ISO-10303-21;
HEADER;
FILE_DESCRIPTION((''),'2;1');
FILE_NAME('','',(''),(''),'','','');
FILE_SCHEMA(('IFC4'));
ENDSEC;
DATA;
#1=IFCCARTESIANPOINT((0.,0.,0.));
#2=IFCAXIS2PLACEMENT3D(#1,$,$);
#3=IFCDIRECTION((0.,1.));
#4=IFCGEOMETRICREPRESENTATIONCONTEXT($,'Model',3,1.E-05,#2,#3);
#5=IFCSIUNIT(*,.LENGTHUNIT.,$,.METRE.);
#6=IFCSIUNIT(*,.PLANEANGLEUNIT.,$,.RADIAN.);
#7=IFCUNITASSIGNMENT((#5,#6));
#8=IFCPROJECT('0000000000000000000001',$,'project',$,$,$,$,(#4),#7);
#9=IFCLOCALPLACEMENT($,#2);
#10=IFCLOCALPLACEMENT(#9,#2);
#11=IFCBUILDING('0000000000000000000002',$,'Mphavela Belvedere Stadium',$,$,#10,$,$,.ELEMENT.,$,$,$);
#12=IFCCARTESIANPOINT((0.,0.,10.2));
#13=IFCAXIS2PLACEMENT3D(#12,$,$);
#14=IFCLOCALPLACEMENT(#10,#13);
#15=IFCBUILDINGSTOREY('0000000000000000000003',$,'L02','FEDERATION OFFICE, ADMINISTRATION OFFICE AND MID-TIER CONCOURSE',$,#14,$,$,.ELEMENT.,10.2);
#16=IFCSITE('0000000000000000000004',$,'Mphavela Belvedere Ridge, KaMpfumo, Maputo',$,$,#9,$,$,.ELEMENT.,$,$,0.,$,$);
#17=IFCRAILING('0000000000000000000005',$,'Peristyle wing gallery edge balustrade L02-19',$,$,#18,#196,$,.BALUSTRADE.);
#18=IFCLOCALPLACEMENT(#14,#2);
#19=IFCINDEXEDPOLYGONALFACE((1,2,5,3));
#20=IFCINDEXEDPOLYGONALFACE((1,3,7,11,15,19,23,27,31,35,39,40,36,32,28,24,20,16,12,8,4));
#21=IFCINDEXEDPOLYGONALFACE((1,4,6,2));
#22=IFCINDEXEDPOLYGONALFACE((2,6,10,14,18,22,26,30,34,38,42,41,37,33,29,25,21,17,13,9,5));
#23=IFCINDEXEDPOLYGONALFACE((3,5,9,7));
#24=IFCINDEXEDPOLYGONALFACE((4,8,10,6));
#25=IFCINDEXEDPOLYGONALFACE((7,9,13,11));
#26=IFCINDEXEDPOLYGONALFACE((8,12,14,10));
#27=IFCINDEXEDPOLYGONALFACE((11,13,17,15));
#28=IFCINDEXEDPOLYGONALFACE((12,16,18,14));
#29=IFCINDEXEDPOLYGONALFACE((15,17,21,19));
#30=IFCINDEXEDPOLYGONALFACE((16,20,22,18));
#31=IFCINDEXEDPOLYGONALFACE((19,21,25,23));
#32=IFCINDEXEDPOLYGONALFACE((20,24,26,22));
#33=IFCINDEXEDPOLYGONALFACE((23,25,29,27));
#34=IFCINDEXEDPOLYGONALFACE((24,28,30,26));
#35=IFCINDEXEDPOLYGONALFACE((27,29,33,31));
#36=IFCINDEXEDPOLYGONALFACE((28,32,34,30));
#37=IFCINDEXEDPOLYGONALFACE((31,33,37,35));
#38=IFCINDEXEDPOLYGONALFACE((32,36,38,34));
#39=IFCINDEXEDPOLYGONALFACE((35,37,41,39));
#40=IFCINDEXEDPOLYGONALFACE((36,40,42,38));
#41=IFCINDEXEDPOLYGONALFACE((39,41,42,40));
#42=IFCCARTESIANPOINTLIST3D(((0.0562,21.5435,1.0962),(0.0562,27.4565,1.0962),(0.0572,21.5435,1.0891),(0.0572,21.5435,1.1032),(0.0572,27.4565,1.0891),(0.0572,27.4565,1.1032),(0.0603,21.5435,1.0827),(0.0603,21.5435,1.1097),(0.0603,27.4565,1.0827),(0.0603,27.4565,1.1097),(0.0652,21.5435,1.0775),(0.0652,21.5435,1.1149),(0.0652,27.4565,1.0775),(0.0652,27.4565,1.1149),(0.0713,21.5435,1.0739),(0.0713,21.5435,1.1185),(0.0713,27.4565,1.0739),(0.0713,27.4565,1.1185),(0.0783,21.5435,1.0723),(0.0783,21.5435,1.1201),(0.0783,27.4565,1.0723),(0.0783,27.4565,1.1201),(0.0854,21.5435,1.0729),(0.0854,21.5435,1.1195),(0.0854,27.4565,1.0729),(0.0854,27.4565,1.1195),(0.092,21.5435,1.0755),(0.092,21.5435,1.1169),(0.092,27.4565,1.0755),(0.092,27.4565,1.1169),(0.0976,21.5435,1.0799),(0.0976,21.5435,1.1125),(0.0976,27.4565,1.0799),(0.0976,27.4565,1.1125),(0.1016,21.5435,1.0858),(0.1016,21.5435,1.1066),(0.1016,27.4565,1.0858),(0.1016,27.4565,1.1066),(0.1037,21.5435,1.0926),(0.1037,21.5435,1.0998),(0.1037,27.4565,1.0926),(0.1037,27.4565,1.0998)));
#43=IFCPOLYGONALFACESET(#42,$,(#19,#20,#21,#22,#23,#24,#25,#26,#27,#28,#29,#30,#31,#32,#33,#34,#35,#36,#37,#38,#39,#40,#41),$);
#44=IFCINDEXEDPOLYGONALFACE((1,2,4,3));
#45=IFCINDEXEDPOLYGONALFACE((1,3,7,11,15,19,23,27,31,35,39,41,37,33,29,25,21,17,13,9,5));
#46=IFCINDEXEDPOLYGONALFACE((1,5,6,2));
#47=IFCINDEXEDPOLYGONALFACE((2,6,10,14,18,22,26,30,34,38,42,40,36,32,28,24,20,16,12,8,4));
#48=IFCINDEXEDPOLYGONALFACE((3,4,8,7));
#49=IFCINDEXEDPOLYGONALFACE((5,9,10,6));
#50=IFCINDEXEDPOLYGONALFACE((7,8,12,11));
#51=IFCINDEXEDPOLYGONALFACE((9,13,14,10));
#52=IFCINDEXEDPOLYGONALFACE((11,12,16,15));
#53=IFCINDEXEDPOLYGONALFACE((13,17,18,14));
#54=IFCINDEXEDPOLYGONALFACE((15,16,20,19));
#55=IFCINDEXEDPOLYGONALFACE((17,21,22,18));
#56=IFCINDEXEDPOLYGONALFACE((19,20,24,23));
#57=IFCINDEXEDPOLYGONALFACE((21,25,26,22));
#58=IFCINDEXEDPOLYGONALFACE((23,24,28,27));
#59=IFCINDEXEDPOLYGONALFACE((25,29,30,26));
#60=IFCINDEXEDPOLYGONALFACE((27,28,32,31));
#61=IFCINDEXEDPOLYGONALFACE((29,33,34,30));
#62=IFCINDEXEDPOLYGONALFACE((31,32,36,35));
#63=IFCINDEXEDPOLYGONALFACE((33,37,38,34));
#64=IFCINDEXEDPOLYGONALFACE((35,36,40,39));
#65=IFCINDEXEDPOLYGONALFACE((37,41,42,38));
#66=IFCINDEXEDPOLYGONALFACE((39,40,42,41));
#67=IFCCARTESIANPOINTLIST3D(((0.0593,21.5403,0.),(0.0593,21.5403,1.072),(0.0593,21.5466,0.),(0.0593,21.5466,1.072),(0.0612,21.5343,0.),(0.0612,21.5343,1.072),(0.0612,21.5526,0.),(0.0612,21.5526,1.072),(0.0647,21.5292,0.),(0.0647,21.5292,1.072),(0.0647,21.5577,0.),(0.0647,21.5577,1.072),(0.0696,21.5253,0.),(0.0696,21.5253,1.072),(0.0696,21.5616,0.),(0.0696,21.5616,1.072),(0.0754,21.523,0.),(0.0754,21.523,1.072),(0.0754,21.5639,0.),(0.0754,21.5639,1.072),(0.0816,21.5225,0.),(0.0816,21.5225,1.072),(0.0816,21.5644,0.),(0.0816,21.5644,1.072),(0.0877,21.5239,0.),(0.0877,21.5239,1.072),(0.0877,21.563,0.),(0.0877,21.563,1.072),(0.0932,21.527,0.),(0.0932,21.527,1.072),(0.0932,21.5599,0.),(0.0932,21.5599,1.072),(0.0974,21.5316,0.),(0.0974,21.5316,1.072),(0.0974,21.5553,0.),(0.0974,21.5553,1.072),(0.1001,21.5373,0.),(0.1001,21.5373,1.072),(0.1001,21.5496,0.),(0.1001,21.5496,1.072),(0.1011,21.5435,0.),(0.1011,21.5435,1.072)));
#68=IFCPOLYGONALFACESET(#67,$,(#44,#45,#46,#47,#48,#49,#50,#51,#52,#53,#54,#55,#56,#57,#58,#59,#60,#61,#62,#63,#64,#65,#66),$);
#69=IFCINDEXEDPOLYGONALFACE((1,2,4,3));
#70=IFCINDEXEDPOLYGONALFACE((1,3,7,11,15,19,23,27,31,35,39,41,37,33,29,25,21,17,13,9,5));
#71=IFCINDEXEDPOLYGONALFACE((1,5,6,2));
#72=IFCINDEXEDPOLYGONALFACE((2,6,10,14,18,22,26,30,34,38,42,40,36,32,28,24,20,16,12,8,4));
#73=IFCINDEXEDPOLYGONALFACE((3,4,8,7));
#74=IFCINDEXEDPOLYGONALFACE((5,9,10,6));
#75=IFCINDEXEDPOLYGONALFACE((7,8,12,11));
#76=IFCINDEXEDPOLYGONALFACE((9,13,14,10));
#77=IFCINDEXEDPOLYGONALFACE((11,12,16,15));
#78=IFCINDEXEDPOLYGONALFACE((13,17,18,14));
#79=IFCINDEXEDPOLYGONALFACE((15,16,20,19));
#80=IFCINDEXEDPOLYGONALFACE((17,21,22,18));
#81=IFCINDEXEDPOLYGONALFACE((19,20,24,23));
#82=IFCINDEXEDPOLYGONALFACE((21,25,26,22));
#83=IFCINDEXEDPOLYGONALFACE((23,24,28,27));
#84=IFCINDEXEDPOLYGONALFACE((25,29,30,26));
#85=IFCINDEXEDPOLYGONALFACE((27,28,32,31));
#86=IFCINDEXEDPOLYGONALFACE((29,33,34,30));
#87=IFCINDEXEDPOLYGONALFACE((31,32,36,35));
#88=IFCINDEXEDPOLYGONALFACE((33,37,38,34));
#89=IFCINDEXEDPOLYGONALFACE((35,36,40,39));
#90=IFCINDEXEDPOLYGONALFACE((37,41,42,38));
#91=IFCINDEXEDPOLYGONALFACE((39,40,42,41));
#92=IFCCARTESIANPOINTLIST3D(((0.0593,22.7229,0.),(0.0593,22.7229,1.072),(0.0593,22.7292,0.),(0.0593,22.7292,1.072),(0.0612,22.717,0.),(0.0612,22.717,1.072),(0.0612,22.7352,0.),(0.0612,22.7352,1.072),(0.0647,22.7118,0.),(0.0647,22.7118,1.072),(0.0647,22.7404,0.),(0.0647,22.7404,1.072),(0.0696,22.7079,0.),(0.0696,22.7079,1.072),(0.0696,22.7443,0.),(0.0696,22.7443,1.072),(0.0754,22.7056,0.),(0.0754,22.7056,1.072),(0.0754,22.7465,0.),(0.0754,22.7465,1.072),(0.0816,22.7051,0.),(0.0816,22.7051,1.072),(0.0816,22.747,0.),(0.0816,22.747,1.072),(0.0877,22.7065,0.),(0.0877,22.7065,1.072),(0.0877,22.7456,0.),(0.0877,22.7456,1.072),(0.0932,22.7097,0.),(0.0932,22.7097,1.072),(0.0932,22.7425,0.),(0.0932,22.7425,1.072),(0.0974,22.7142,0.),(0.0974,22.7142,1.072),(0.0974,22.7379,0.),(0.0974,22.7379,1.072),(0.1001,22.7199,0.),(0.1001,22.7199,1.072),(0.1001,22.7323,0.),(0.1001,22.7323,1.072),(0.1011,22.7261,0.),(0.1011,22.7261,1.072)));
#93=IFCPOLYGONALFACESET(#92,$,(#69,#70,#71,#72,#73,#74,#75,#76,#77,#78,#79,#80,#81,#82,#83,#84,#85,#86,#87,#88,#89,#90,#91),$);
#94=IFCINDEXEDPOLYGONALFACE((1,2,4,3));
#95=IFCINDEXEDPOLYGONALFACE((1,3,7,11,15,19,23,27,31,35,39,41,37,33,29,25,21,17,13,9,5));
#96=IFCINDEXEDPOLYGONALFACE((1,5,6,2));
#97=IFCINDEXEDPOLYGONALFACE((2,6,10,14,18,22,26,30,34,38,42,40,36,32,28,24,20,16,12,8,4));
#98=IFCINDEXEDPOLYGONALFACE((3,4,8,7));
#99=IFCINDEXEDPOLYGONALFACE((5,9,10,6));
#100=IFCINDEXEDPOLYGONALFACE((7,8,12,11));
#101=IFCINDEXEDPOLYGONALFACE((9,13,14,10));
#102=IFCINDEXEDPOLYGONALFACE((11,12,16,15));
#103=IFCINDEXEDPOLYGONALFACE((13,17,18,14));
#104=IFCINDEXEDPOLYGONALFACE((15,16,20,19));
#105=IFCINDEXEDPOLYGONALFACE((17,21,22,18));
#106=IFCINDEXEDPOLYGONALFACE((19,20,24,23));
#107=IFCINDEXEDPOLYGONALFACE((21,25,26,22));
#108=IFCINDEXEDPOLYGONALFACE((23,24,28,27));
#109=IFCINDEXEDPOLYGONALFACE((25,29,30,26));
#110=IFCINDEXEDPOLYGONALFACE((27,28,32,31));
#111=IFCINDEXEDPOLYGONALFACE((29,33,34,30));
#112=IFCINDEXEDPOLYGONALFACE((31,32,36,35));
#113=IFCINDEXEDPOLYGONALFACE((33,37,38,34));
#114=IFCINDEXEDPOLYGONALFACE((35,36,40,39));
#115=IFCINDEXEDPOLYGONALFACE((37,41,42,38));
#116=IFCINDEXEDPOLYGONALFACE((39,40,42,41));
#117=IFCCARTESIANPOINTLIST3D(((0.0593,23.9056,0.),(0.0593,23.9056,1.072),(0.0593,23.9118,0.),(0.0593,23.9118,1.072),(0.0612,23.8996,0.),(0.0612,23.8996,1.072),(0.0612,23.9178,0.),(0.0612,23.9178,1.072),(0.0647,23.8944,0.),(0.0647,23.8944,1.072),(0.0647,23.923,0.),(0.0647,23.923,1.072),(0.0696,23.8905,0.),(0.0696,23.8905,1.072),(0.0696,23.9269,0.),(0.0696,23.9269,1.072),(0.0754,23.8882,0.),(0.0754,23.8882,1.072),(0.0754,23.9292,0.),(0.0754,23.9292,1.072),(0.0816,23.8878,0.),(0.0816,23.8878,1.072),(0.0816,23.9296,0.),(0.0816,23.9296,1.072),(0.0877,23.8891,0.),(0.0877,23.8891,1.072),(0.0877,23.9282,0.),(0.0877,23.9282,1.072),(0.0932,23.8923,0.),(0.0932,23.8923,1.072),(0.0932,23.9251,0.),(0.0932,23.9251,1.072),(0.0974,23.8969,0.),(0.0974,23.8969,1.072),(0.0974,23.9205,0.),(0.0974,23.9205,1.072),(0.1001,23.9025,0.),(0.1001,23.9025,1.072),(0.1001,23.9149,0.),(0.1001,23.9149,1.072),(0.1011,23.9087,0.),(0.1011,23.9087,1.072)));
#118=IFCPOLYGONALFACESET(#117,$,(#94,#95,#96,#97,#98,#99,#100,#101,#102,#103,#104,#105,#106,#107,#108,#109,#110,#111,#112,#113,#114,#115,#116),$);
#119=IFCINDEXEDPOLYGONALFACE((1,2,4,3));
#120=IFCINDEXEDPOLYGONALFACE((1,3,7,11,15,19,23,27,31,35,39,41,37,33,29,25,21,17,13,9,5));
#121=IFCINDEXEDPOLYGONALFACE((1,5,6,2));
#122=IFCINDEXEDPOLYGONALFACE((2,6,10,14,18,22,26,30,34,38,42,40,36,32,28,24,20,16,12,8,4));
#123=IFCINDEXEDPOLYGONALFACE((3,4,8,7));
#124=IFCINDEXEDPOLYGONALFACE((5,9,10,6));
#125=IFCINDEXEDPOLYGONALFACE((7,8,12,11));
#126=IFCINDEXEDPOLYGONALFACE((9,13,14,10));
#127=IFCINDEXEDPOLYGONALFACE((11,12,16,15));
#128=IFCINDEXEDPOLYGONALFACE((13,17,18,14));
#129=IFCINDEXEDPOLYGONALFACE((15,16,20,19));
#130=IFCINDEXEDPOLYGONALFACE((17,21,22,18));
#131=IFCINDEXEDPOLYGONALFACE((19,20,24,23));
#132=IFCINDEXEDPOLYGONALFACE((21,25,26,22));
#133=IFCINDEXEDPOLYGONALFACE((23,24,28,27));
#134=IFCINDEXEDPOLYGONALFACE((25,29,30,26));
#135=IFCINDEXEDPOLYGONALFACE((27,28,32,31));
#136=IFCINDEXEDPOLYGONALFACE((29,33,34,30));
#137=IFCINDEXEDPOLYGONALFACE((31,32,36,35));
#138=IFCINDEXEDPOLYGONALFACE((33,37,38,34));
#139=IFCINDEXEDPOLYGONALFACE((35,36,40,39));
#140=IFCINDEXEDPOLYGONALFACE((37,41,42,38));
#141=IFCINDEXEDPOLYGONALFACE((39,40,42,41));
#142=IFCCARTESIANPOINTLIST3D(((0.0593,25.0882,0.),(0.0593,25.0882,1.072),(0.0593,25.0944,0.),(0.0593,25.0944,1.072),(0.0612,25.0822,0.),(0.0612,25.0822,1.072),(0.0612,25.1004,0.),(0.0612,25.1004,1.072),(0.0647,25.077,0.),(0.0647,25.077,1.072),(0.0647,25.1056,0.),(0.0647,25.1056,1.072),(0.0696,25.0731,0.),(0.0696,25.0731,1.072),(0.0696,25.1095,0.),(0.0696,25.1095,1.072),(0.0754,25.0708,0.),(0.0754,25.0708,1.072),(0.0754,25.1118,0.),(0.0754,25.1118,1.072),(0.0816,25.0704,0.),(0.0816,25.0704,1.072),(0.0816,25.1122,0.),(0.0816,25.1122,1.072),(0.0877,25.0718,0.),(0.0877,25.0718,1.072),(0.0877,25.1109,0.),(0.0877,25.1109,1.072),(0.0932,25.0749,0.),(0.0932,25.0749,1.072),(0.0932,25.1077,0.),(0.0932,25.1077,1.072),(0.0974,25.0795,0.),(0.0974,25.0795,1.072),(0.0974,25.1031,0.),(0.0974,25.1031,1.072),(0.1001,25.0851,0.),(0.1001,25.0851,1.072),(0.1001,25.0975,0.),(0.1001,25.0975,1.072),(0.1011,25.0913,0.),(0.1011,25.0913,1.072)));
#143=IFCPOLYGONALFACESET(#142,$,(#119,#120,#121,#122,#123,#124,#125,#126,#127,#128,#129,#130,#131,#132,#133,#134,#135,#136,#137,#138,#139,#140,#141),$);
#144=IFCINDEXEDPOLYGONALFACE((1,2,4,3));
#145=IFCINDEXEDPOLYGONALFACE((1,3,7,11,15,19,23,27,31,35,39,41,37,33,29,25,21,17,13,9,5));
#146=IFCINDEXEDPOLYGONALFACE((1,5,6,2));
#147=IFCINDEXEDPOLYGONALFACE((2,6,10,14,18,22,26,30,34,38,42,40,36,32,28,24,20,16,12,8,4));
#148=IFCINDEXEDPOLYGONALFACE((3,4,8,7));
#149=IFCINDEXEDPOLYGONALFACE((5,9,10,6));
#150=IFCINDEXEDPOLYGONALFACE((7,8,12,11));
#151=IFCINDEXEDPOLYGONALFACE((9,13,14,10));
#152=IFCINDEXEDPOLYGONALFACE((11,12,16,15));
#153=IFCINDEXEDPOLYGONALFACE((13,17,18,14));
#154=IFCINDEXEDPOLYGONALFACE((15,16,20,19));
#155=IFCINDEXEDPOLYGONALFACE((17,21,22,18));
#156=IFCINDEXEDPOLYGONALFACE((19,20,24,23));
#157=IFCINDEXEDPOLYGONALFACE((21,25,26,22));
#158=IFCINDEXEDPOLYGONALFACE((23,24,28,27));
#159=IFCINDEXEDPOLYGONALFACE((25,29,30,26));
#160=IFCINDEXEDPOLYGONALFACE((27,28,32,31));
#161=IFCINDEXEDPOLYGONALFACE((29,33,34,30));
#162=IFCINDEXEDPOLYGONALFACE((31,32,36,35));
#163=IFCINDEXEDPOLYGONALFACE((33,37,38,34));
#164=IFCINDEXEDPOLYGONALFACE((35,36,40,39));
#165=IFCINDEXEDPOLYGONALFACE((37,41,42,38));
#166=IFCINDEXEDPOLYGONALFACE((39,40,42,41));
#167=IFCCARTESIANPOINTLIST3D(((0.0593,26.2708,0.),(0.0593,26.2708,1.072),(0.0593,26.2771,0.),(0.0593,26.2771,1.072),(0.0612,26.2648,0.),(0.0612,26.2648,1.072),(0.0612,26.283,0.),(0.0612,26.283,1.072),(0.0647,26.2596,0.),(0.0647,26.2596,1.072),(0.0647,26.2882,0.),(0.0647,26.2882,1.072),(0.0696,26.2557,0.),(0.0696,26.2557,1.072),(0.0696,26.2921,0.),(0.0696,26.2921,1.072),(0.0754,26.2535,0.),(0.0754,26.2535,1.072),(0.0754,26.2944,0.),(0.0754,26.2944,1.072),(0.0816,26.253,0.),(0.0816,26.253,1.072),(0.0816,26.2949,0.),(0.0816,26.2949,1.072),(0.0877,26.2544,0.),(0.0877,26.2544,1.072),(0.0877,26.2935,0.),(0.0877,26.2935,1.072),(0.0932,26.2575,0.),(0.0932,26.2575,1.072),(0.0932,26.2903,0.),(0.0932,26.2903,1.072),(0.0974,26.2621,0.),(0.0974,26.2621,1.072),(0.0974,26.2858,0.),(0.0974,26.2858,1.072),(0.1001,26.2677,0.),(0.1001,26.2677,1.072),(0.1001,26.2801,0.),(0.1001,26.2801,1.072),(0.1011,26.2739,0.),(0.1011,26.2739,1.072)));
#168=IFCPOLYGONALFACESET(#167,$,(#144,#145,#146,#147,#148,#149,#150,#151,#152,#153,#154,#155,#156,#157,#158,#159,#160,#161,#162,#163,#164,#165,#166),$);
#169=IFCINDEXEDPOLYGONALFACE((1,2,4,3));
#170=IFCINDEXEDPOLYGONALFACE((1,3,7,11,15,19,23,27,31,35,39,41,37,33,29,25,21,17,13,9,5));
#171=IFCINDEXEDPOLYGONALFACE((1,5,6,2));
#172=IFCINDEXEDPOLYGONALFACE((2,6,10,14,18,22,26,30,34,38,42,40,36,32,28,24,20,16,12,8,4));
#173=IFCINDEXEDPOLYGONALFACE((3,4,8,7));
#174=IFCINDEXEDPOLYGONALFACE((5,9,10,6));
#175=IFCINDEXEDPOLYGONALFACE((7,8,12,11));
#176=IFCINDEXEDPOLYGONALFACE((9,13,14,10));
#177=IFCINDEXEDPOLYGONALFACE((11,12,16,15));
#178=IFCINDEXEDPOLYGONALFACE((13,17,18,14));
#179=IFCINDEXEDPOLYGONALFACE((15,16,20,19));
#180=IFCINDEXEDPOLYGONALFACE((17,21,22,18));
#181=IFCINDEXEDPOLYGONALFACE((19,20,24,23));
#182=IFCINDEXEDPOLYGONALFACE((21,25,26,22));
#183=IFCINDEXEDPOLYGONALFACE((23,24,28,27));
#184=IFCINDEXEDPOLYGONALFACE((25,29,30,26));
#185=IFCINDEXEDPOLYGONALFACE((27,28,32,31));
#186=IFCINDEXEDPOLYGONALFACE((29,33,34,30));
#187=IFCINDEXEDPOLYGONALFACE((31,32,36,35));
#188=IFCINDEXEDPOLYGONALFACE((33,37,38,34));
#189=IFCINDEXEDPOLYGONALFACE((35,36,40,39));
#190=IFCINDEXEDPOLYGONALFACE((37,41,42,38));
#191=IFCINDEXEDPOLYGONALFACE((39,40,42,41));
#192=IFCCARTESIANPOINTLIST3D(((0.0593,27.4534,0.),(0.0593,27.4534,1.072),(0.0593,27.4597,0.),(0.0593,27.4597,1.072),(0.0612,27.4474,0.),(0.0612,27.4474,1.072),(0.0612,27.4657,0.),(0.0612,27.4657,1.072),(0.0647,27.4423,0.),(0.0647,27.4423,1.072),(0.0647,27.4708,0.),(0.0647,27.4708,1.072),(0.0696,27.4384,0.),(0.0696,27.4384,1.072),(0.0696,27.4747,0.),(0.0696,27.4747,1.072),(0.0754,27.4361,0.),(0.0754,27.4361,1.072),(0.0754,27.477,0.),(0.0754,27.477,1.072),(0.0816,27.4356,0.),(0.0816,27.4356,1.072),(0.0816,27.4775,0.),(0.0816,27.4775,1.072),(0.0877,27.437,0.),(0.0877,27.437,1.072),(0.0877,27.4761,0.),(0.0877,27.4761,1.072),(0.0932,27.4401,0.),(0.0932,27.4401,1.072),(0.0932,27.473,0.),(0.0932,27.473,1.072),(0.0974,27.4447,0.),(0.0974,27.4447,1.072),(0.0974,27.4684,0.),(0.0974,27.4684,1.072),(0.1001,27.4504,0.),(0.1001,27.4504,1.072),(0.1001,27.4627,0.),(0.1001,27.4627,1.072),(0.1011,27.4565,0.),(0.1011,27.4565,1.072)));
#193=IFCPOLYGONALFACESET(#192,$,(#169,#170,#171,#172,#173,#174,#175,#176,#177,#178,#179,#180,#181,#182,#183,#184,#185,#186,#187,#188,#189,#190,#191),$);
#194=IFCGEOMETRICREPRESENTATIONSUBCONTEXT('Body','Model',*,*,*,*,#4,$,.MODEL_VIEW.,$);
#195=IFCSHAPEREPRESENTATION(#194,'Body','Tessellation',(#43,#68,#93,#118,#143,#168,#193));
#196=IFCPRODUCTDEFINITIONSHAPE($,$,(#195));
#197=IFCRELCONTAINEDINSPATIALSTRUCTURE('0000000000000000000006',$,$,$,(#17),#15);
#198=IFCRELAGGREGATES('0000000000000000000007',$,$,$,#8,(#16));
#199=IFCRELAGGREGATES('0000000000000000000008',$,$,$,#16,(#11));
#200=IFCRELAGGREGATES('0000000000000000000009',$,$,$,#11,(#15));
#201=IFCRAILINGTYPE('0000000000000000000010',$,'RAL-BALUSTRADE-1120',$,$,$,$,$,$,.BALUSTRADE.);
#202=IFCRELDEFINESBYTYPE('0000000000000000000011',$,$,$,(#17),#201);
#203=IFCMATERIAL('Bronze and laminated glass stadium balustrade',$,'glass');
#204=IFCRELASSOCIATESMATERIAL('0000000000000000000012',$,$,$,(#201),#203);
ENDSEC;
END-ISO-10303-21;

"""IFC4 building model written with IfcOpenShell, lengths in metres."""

from ifc_helpers import new_model, si_unit, direction, frame, origin, origin_2d, place, context, subcontext, project, spatial, circle, extrude, material, type_object, element, save


model = new_model("IFC4")

# Units and contexts
model_context = context("Model", 3, precision=1e-05, world=origin(), true_north=direction((0.0, 1.0)))
body_context = subcontext(model_context, "Body", "Model", "MODEL_VIEW")
ifc_project = project(units=[si_unit("LENGTHUNIT", "METRE"), si_unit("PLANEANGLEUNIT", "RADIAN")], contexts=[model_context])

# Site, building, storey
site_placement = place(None, origin())
site = spatial("IfcSite", under=ifc_project, at=site_placement, Name="Mphavela Belvedere Ridge, KaMpfumo, Maputo", CompositionType="ELEMENT", RefElevation=0.0)
building_placement = place(site_placement, origin())
building = spatial("IfcBuilding", under=site, at=building_placement, Name="Mphavela Belvedere Stadium", CompositionType="ELEMENT")
storey_placement = place(building_placement, frame((0.0, 0.0, 10.2)))
storey = spatial("IfcBuildingStorey", under=building, at=storey_placement, Name="L02", Description="FEDERATION OFFICE, ADMINISTRATION OFFICE AND MID-TIER CONCOURSE", CompositionType="ELEMENT", Elevation=10.2)

# Railing
ifc_material_1 = material(Name="Bronze and laminated glass stadium balustrade", Category="glass")
railing_type = type_object("IfcRailingType", Name="RAL-BALUSTRADE-1120", PredefinedType="BALUSTRADE", material=ifc_material_1)
for number, where, name in (
    (1, (0.0801, 21.5435, 0.0), "Peristyle wing gallery edge balustrade L02-19"),
):
    element("IfcRailing", number, at=place(storey_placement, frame(where)), inside=storey, type_object=railing_type, Name=name, PredefinedType="BALUSTRADE", context=body_context, shape_type="SweptSolid", body=[
        extrude(circle(Radius=0.0239, at=origin_2d()), frame((0.0, 0.0, 1.0962), z_axis=(0.0, 1.0, 0.0), x_axis=(-1.0, 0.0, 0.0)), (0.0, 0.0, 1.0), 5.9131),
        extrude(circle(Radius=0.021, at=origin_2d()), origin(), (0.0, 0.0, 1.0), 1.072),
        extrude(circle(Radius=0.021, at=origin_2d()), frame((0.0, 1.1826, 0.0)), (0.0, 0.0, 1.0), 1.072),
        extrude(circle(Radius=0.021, at=origin_2d()), frame((0.0, 2.3652, 0.0)), (0.0, 0.0, 1.0), 1.072),
        extrude(circle(Radius=0.021, at=origin_2d()), frame((0.0, 3.5479, 0.0)), (0.0, 0.0, 1.0), 1.072),
        extrude(circle(Radius=0.021, at=origin_2d()), frame((0.0, 4.7305, 0.0)), (0.0, 0.0, 1.0), 1.072),
        extrude(circle(Radius=0.021, at=origin_2d()), frame((0.0, 5.9131, 0.0)), (0.0, 0.0, 1.0), 1.072),
    ])

save(model, "model.ifc")
